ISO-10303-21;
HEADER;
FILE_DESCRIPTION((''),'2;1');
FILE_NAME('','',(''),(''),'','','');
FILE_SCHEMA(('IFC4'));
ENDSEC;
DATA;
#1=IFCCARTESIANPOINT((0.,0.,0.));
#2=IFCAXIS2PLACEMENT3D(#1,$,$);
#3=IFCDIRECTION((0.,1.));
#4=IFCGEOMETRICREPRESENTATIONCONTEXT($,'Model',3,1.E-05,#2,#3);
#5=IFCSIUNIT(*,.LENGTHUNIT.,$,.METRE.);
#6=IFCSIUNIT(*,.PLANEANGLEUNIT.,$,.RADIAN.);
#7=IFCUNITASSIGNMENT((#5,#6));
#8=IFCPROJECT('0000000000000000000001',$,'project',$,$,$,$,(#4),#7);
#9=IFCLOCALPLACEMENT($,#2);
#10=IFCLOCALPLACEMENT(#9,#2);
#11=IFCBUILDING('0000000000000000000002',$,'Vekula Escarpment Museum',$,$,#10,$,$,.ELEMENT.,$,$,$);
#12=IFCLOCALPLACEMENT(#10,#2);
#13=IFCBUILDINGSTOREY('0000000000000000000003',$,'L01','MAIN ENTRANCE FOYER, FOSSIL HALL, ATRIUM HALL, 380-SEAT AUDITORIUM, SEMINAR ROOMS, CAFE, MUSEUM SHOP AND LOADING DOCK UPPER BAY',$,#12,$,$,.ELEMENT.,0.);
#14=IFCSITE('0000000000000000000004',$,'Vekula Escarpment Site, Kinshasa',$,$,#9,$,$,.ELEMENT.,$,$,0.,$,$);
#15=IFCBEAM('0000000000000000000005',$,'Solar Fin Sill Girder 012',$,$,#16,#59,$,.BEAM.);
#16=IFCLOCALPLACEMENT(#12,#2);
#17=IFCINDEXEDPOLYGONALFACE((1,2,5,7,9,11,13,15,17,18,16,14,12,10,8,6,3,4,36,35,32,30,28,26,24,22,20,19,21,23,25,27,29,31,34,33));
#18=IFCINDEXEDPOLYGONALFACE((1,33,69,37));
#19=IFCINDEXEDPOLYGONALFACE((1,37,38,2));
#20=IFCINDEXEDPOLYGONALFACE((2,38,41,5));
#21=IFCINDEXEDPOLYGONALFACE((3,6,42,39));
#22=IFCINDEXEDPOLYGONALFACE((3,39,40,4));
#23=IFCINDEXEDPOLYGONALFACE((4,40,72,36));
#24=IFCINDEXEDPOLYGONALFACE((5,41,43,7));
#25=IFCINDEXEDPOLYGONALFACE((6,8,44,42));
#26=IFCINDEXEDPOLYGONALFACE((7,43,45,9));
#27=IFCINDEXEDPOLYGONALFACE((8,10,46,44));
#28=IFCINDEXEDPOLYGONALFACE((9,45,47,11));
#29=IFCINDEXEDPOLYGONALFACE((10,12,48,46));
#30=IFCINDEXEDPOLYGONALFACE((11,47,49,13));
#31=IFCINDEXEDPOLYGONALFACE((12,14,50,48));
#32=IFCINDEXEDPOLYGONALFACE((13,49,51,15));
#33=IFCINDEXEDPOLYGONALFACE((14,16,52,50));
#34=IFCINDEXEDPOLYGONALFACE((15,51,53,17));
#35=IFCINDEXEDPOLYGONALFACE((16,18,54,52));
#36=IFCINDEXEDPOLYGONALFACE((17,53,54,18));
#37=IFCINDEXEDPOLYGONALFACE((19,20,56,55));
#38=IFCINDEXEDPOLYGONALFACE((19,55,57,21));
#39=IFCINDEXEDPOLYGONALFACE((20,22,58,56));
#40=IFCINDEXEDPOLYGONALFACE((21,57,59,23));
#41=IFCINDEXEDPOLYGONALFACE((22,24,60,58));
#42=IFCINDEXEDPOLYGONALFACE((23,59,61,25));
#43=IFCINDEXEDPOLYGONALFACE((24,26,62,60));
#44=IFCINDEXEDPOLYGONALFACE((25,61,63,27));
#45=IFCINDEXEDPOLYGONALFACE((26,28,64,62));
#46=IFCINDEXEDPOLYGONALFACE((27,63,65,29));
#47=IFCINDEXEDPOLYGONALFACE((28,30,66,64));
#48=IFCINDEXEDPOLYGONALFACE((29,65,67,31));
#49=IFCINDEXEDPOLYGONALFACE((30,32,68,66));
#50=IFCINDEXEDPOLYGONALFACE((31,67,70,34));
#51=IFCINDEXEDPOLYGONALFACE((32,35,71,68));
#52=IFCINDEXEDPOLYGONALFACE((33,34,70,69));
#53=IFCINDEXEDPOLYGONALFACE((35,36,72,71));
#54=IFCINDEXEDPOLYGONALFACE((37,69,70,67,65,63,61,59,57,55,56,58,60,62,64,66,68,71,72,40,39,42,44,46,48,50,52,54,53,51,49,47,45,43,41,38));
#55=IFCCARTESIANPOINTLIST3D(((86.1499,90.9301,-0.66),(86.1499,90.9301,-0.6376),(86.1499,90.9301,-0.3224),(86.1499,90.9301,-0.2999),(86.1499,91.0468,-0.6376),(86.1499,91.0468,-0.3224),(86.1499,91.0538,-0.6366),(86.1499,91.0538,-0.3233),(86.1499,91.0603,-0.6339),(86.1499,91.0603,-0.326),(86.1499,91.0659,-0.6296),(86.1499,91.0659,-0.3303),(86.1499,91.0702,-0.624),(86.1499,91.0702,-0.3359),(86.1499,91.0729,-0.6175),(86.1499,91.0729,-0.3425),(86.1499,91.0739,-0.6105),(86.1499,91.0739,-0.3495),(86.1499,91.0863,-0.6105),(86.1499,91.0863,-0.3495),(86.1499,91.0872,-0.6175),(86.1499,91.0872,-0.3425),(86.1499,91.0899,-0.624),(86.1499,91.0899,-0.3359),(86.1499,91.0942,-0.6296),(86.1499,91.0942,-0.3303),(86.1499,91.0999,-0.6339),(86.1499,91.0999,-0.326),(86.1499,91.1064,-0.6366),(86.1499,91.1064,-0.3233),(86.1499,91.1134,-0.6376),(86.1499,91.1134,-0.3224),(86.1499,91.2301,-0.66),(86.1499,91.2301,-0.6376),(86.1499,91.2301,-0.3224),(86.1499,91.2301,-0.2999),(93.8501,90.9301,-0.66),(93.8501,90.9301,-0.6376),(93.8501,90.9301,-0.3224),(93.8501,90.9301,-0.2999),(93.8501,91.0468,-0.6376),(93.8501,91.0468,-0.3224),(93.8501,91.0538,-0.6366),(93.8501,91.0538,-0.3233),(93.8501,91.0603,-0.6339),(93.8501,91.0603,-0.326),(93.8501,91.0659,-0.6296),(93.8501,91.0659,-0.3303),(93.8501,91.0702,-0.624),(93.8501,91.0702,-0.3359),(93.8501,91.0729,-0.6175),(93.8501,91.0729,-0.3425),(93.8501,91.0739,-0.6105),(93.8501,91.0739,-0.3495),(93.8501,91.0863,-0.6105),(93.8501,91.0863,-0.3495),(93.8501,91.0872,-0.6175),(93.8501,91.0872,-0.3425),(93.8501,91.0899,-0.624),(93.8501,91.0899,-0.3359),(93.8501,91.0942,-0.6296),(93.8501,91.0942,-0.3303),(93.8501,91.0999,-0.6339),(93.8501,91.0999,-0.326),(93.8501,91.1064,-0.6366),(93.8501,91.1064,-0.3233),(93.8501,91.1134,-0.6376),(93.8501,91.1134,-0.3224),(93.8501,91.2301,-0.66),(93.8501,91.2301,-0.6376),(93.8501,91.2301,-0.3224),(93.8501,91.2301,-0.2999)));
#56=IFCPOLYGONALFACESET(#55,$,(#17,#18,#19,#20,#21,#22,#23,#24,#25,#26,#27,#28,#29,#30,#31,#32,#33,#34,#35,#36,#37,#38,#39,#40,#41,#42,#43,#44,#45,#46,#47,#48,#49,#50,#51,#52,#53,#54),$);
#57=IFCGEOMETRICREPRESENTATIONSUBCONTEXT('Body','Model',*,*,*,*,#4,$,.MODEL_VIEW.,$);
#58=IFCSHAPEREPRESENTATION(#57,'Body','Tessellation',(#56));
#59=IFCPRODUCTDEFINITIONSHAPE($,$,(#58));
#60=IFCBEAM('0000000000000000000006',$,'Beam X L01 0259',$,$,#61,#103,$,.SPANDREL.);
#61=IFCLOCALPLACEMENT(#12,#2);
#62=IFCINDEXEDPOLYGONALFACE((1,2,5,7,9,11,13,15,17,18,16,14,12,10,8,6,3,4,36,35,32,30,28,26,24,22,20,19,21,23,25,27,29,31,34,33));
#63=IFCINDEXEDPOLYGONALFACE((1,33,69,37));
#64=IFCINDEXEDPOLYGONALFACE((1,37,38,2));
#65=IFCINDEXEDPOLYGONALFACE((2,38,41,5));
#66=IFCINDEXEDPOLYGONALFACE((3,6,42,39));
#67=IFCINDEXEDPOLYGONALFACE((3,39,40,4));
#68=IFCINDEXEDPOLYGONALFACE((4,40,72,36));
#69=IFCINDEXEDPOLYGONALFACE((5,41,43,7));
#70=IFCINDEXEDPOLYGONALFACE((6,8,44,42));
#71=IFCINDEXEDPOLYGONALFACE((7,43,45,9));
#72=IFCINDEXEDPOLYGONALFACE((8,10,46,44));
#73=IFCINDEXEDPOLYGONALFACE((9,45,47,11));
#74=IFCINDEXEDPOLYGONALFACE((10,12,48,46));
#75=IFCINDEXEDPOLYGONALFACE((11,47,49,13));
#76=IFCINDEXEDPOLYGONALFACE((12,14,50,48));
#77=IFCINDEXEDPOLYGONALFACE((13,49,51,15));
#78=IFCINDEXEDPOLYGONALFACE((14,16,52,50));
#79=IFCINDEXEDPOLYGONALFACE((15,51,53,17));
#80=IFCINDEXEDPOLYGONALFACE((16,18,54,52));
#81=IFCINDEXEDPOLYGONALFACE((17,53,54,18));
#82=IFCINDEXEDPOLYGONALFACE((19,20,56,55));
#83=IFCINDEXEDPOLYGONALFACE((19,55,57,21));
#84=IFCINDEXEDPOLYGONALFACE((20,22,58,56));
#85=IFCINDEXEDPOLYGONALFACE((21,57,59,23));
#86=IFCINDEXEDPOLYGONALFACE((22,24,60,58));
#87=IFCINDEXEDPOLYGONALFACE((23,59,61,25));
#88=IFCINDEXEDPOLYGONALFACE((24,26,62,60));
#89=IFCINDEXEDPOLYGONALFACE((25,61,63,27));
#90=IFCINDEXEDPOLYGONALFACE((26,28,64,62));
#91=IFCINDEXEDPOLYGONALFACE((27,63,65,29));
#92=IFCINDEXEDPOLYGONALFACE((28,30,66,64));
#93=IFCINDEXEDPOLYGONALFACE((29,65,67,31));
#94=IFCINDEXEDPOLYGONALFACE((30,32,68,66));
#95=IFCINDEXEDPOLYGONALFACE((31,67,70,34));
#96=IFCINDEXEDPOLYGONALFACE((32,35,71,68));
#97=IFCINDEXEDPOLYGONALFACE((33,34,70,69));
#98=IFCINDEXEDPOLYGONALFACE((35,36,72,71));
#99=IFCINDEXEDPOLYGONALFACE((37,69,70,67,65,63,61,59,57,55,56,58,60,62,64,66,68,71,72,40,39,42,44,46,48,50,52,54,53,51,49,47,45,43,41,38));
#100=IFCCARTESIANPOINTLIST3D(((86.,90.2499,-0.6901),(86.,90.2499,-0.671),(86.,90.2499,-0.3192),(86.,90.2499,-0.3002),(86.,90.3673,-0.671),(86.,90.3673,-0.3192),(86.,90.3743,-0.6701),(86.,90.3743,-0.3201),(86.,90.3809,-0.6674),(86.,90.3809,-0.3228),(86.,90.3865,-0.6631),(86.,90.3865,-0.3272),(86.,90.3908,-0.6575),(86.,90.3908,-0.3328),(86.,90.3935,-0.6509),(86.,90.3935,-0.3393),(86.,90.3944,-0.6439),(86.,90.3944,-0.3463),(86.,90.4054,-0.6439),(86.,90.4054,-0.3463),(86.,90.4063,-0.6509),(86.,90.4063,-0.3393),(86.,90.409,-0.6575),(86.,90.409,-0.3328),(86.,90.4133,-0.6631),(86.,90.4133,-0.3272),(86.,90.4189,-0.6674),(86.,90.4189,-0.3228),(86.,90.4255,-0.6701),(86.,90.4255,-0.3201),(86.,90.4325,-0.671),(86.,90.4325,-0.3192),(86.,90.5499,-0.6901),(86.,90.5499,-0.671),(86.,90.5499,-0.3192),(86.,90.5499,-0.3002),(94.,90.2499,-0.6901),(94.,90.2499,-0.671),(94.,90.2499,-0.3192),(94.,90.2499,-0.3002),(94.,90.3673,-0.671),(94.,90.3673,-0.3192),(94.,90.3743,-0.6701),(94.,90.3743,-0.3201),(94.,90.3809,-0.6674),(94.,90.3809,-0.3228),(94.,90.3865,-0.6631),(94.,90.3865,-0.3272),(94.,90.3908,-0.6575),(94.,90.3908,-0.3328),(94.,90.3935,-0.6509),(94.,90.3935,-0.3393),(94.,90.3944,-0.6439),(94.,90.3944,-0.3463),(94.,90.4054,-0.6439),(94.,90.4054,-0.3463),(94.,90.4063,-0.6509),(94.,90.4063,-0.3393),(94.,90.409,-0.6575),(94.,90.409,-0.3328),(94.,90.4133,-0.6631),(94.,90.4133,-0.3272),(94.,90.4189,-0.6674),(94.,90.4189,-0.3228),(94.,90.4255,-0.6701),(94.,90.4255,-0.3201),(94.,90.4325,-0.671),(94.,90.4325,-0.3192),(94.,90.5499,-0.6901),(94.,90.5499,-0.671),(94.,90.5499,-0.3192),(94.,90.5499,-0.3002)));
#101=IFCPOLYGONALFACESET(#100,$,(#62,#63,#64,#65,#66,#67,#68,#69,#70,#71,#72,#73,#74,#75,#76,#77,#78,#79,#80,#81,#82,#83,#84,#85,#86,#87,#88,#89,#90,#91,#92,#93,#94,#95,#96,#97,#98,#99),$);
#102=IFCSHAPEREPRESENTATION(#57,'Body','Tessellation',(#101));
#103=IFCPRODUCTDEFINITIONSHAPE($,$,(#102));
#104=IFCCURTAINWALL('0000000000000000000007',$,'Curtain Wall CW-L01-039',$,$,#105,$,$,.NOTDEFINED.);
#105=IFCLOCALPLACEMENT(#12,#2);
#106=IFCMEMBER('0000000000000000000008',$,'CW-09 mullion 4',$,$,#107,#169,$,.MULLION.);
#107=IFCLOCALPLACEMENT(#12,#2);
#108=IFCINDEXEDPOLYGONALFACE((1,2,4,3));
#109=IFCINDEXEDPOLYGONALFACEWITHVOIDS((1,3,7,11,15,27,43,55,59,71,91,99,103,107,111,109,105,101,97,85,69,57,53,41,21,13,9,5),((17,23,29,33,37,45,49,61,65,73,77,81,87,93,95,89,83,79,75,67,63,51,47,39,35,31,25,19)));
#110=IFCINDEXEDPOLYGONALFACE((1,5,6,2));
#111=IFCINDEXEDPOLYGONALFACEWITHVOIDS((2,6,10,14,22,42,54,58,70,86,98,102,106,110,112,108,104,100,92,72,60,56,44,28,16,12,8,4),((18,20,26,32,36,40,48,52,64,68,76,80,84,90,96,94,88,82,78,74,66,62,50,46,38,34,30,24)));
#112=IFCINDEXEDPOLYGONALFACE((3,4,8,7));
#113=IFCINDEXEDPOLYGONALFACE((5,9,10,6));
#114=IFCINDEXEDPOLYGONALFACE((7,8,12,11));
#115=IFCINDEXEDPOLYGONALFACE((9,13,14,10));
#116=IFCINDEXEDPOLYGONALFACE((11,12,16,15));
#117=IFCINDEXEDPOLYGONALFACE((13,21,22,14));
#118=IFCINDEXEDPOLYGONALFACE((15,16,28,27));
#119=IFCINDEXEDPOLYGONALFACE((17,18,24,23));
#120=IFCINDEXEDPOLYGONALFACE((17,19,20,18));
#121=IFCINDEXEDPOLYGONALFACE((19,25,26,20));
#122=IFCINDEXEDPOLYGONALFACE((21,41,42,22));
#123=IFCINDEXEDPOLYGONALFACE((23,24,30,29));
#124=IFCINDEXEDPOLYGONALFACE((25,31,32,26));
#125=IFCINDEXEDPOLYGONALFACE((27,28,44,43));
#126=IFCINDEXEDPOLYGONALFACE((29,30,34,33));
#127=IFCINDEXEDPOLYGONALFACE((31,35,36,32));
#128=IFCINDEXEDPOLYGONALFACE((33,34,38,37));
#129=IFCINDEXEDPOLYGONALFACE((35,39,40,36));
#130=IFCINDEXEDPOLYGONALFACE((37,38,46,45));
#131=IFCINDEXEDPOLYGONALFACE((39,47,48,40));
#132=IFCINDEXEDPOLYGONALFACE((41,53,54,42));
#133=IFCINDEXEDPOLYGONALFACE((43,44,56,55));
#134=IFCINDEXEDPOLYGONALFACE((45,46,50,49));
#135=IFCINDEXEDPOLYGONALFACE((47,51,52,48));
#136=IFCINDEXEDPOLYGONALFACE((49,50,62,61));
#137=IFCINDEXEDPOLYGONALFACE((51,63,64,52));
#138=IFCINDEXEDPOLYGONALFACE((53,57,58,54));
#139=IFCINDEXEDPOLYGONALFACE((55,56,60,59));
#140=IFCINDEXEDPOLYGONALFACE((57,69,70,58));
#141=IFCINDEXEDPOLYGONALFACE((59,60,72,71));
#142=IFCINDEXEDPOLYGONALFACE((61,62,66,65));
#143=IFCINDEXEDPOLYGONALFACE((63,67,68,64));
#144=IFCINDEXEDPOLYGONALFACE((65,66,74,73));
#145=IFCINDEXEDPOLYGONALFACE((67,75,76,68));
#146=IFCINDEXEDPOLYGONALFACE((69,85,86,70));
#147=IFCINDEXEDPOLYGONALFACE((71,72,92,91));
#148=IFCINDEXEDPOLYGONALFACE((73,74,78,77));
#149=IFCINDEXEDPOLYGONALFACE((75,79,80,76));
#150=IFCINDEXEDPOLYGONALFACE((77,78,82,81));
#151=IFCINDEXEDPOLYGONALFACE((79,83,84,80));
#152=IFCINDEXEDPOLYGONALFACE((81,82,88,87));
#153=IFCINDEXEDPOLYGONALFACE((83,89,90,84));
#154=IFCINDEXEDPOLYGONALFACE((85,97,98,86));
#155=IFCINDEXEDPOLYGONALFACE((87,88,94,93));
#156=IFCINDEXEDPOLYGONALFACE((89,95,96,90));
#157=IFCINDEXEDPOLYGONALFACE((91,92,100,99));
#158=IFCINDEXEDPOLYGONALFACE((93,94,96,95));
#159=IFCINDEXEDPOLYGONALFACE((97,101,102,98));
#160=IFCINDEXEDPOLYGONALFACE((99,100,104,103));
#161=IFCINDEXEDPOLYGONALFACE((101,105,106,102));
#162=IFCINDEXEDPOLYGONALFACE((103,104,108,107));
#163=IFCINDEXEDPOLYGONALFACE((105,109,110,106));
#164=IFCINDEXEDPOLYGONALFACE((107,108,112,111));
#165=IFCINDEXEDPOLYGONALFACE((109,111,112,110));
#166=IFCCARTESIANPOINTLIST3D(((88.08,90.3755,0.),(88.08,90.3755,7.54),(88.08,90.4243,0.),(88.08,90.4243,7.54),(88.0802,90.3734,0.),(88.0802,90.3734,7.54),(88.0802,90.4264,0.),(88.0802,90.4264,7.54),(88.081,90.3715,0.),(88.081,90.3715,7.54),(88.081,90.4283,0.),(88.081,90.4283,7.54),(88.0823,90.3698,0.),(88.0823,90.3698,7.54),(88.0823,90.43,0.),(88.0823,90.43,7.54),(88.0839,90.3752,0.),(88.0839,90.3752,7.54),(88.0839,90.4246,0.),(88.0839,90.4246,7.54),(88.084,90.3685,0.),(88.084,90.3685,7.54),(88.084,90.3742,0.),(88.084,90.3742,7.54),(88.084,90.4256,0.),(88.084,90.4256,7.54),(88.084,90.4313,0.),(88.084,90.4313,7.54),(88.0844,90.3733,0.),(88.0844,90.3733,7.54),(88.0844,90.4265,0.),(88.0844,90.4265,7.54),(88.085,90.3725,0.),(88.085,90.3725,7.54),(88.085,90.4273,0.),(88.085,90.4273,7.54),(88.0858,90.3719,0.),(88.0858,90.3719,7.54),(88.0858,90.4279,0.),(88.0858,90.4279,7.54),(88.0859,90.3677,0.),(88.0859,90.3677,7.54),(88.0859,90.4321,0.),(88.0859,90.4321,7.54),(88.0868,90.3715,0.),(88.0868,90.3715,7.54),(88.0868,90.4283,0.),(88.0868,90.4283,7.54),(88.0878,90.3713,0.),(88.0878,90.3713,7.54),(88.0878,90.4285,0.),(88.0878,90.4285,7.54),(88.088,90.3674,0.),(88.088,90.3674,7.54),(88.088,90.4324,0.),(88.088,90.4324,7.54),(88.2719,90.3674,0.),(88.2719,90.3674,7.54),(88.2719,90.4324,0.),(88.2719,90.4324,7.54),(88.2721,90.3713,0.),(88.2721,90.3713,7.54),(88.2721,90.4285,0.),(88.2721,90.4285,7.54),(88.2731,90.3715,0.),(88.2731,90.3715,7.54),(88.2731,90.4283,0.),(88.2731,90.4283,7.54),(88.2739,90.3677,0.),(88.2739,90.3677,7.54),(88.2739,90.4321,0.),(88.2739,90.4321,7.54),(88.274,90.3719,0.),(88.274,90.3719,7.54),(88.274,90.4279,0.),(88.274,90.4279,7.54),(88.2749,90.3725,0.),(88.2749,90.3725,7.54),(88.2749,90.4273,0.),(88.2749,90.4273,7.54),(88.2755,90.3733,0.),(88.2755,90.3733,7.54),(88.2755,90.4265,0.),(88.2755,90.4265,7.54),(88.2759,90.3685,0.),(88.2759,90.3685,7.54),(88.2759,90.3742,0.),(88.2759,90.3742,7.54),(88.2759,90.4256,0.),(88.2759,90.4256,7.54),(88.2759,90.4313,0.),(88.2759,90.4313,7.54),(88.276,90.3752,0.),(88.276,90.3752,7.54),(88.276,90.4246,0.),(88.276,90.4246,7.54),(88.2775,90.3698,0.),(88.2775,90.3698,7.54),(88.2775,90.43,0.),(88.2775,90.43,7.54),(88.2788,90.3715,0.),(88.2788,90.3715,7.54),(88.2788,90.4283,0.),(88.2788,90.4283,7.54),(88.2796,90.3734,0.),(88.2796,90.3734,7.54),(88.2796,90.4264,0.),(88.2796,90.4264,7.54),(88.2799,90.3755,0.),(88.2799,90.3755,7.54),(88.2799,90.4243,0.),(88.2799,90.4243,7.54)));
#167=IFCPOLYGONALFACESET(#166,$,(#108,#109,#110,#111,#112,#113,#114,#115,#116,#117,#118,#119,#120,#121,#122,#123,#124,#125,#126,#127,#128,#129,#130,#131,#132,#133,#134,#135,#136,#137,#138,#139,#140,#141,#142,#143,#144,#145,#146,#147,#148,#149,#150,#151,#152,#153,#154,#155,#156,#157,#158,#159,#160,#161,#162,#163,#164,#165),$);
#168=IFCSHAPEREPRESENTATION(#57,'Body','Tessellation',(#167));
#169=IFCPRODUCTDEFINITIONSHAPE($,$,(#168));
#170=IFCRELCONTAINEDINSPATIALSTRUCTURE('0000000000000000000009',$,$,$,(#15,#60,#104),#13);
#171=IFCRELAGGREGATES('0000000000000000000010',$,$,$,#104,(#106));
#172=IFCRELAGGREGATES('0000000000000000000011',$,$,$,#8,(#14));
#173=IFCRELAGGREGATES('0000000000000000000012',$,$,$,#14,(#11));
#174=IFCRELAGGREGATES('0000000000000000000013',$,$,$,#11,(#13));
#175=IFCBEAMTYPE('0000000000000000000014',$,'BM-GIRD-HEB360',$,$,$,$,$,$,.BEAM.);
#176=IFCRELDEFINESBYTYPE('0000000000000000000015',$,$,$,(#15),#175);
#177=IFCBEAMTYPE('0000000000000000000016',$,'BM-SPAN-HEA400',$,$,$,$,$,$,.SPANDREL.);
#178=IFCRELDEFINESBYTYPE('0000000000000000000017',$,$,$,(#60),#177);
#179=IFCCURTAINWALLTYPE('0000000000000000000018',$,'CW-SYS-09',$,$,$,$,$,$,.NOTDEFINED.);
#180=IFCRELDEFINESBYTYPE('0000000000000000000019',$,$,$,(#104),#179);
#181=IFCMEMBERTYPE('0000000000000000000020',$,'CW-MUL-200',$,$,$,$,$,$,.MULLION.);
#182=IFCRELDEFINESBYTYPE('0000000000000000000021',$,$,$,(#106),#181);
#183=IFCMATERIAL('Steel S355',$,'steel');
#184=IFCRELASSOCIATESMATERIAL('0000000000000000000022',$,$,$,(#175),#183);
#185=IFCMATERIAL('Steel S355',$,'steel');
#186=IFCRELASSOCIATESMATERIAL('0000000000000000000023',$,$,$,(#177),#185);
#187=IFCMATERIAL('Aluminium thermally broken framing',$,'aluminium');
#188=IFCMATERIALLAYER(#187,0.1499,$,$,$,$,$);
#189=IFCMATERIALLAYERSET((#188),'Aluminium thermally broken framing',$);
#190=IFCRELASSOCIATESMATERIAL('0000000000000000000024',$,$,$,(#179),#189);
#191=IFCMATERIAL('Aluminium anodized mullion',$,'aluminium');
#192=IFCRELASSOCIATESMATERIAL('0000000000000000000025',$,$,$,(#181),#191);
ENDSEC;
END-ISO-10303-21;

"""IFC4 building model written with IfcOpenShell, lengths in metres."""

from ifc_helpers import new_model, si_unit, direction, frame, origin, origin_2d, place, context, subcontext, project, spatial, hollow_rectangle, i_section, extrude, material, layer, layer_set, material_profile, profile_set, type_object, element, aggregate, save


model = new_model("IFC4")

# Units and contexts
model_context = context("Model", 3, precision=1e-05, world=origin(), true_north=direction((0.0, 1.0)))
body_context = subcontext(model_context, "Body", "Model", "MODEL_VIEW")
ifc_project = project(units=[si_unit("LENGTHUNIT", "METRE"), si_unit("PLANEANGLEUNIT", "RADIAN")], contexts=[model_context])

# Site, building, storey
site_placement = place(None, origin())
site = spatial("IfcSite", under=ifc_project, at=site_placement, Name="Vekula Escarpment Site, Kinshasa", CompositionType="ELEMENT", RefElevation=0.0)
building_placement = place(site_placement, origin())
building = spatial("IfcBuilding", under=site, at=building_placement, Name="Vekula Escarpment Museum", CompositionType="ELEMENT")
storey_placement = place(building_placement, origin())
storey = spatial("IfcBuildingStorey", under=building, at=storey_placement, Name="L01", Description="MAIN ENTRANCE FOYER, FOSSIL HALL, ATRIUM HALL, 380-SEAT AUDITORIUM, SEMINAR ROOMS, CAFE, MUSEUM SHOP AND LOADING DOCK UPPER BAY", CompositionType="ELEMENT", Elevation=0.0)

# Beams
ifc_material_1 = material(Name="Steel S355", Category="steel")
ifc_material_profile_1 = material_profile(ifc_material_1, i_section(OverallWidth=0.3, OverallDepth=0.3601, WebThickness=0.0125, FlangeThickness=0.0225, FilletRadius=0.0271, at=origin_2d()), Name="HEB 360")
ifc_profile_set_1 = profile_set([ifc_material_profile_1], Name="Steel S355")
beam_type_1 = type_object("IfcBeamType", Name="BM-GIRD-HEB360", PredefinedType="BEAM", material=ifc_profile_set_1)
for number, where, z_axis, x_axis, name in (
    (1, (86.1499, 91.0801, -0.48), (1.0, 0.0, 0.0), (0.0, 1.0, 0.0), "Solar Fin Sill Girder 012"),
):
    element("IfcBeam", number, at=place(storey_placement, frame(where, z_axis=z_axis, x_axis=x_axis)), inside=storey, type_object=beam_type_1, Name=name, PredefinedType="BEAM", context=body_context, shape_type="SweptSolid", body=[
        extrude(i_section(OverallWidth=0.3, OverallDepth=0.3601, WebThickness=0.0125, FlangeThickness=0.0225, FilletRadius=0.0271, at=origin_2d()), origin(), (0.0, 0.0, 1.0), 7.7002),
    ])
ifc_material_2 = material(Name="Steel S355", Category="steel")
ifc_material_profile_2 = material_profile(ifc_material_2, i_section(OverallWidth=0.3, OverallDepth=0.3899, WebThickness=0.011, FlangeThickness=0.019, FilletRadius=0.0271, at=origin_2d()), Name="HEA 400")
ifc_profile_set_2 = profile_set([ifc_material_profile_2], Name="Steel S355")
beam_type_2 = type_object("IfcBeamType", Name="BM-SPAN-HEA400", PredefinedType="SPANDREL", material=ifc_profile_set_2)
beam_placement = place(storey_placement, frame((86.0, 90.3999, -0.4951), z_axis=(1.0, 0.0, 0.0), x_axis=(0.0, 1.0, 0.0)))
element("IfcBeam", 2, at=beam_placement, inside=storey, type_object=beam_type_2, Name="Beam X L01 0259", PredefinedType="SPANDREL", context=body_context, shape_type="SweptSolid", body=[
    extrude(i_section(OverallWidth=0.3, OverallDepth=0.3899, WebThickness=0.011, FlangeThickness=0.019, FilletRadius=0.0271, at=origin_2d()), origin(), (0.0, 0.0, 1.0), 8.0),
])

# Curtain wall, member
ifc_material_3 = material(Name="Aluminium thermally broken framing", Category="aluminium")
ifc_layer_1 = layer(ifc_material_3, 0.1499)
ifc_layer_set_1 = layer_set([ifc_layer_1], Name="Aluminium thermally broken framing")
curtain_wall_type_1 = type_object("IfcCurtainWallType", Name="CW-SYS-09", PredefinedType="NOTDEFINED", material=ifc_layer_set_1)
curtain_wall_1_placement = place(storey_placement, origin())
curtain_wall_1 = element("IfcCurtainWall", 3, at=curtain_wall_1_placement, inside=storey, type_object=curtain_wall_type_1, Name="Curtain Wall CW-L01-039", PredefinedType="NOTDEFINED")
ifc_material_4 = material(Name="Aluminium anodized mullion", Category="aluminium")
ifc_material_profile_3 = material_profile(ifc_material_4, hollow_rectangle(XDim=0.0649, YDim=0.2, WallThickness=0.0039, InnerFilletRadius=0.0039, OuterFilletRadius=0.0081, at=origin_2d()), Name="ALU 200x65x4")
ifc_profile_set_3 = profile_set([ifc_material_profile_3], Name="Aluminium anodized mullion")
member_type_1 = type_object("IfcMemberType", Name="CW-MUL-200", PredefinedType="MULLION", material=ifc_profile_set_3)
member_1_placement = place(storey_placement, frame((88.1799, 90.3999, 0.0), z_axis=(0.0, 0.0, 1.0), x_axis=(0.0, -1.0, 0.0)))
member_1 = element("IfcMember", 4, at=member_1_placement, type_object=member_type_1, Name="CW-09 mullion 4", PredefinedType="MULLION", context=body_context, shape_type="SweptSolid", body=[
    extrude(hollow_rectangle(XDim=0.0649, YDim=0.2, WallThickness=0.0039, InnerFilletRadius=0.0039, OuterFilletRadius=0.0081, at=origin_2d()), origin(), (0.0, 0.0, 1.0), 7.54),
])

aggregate(curtain_wall_1, [member_1])

save(model, "model.ifc")
